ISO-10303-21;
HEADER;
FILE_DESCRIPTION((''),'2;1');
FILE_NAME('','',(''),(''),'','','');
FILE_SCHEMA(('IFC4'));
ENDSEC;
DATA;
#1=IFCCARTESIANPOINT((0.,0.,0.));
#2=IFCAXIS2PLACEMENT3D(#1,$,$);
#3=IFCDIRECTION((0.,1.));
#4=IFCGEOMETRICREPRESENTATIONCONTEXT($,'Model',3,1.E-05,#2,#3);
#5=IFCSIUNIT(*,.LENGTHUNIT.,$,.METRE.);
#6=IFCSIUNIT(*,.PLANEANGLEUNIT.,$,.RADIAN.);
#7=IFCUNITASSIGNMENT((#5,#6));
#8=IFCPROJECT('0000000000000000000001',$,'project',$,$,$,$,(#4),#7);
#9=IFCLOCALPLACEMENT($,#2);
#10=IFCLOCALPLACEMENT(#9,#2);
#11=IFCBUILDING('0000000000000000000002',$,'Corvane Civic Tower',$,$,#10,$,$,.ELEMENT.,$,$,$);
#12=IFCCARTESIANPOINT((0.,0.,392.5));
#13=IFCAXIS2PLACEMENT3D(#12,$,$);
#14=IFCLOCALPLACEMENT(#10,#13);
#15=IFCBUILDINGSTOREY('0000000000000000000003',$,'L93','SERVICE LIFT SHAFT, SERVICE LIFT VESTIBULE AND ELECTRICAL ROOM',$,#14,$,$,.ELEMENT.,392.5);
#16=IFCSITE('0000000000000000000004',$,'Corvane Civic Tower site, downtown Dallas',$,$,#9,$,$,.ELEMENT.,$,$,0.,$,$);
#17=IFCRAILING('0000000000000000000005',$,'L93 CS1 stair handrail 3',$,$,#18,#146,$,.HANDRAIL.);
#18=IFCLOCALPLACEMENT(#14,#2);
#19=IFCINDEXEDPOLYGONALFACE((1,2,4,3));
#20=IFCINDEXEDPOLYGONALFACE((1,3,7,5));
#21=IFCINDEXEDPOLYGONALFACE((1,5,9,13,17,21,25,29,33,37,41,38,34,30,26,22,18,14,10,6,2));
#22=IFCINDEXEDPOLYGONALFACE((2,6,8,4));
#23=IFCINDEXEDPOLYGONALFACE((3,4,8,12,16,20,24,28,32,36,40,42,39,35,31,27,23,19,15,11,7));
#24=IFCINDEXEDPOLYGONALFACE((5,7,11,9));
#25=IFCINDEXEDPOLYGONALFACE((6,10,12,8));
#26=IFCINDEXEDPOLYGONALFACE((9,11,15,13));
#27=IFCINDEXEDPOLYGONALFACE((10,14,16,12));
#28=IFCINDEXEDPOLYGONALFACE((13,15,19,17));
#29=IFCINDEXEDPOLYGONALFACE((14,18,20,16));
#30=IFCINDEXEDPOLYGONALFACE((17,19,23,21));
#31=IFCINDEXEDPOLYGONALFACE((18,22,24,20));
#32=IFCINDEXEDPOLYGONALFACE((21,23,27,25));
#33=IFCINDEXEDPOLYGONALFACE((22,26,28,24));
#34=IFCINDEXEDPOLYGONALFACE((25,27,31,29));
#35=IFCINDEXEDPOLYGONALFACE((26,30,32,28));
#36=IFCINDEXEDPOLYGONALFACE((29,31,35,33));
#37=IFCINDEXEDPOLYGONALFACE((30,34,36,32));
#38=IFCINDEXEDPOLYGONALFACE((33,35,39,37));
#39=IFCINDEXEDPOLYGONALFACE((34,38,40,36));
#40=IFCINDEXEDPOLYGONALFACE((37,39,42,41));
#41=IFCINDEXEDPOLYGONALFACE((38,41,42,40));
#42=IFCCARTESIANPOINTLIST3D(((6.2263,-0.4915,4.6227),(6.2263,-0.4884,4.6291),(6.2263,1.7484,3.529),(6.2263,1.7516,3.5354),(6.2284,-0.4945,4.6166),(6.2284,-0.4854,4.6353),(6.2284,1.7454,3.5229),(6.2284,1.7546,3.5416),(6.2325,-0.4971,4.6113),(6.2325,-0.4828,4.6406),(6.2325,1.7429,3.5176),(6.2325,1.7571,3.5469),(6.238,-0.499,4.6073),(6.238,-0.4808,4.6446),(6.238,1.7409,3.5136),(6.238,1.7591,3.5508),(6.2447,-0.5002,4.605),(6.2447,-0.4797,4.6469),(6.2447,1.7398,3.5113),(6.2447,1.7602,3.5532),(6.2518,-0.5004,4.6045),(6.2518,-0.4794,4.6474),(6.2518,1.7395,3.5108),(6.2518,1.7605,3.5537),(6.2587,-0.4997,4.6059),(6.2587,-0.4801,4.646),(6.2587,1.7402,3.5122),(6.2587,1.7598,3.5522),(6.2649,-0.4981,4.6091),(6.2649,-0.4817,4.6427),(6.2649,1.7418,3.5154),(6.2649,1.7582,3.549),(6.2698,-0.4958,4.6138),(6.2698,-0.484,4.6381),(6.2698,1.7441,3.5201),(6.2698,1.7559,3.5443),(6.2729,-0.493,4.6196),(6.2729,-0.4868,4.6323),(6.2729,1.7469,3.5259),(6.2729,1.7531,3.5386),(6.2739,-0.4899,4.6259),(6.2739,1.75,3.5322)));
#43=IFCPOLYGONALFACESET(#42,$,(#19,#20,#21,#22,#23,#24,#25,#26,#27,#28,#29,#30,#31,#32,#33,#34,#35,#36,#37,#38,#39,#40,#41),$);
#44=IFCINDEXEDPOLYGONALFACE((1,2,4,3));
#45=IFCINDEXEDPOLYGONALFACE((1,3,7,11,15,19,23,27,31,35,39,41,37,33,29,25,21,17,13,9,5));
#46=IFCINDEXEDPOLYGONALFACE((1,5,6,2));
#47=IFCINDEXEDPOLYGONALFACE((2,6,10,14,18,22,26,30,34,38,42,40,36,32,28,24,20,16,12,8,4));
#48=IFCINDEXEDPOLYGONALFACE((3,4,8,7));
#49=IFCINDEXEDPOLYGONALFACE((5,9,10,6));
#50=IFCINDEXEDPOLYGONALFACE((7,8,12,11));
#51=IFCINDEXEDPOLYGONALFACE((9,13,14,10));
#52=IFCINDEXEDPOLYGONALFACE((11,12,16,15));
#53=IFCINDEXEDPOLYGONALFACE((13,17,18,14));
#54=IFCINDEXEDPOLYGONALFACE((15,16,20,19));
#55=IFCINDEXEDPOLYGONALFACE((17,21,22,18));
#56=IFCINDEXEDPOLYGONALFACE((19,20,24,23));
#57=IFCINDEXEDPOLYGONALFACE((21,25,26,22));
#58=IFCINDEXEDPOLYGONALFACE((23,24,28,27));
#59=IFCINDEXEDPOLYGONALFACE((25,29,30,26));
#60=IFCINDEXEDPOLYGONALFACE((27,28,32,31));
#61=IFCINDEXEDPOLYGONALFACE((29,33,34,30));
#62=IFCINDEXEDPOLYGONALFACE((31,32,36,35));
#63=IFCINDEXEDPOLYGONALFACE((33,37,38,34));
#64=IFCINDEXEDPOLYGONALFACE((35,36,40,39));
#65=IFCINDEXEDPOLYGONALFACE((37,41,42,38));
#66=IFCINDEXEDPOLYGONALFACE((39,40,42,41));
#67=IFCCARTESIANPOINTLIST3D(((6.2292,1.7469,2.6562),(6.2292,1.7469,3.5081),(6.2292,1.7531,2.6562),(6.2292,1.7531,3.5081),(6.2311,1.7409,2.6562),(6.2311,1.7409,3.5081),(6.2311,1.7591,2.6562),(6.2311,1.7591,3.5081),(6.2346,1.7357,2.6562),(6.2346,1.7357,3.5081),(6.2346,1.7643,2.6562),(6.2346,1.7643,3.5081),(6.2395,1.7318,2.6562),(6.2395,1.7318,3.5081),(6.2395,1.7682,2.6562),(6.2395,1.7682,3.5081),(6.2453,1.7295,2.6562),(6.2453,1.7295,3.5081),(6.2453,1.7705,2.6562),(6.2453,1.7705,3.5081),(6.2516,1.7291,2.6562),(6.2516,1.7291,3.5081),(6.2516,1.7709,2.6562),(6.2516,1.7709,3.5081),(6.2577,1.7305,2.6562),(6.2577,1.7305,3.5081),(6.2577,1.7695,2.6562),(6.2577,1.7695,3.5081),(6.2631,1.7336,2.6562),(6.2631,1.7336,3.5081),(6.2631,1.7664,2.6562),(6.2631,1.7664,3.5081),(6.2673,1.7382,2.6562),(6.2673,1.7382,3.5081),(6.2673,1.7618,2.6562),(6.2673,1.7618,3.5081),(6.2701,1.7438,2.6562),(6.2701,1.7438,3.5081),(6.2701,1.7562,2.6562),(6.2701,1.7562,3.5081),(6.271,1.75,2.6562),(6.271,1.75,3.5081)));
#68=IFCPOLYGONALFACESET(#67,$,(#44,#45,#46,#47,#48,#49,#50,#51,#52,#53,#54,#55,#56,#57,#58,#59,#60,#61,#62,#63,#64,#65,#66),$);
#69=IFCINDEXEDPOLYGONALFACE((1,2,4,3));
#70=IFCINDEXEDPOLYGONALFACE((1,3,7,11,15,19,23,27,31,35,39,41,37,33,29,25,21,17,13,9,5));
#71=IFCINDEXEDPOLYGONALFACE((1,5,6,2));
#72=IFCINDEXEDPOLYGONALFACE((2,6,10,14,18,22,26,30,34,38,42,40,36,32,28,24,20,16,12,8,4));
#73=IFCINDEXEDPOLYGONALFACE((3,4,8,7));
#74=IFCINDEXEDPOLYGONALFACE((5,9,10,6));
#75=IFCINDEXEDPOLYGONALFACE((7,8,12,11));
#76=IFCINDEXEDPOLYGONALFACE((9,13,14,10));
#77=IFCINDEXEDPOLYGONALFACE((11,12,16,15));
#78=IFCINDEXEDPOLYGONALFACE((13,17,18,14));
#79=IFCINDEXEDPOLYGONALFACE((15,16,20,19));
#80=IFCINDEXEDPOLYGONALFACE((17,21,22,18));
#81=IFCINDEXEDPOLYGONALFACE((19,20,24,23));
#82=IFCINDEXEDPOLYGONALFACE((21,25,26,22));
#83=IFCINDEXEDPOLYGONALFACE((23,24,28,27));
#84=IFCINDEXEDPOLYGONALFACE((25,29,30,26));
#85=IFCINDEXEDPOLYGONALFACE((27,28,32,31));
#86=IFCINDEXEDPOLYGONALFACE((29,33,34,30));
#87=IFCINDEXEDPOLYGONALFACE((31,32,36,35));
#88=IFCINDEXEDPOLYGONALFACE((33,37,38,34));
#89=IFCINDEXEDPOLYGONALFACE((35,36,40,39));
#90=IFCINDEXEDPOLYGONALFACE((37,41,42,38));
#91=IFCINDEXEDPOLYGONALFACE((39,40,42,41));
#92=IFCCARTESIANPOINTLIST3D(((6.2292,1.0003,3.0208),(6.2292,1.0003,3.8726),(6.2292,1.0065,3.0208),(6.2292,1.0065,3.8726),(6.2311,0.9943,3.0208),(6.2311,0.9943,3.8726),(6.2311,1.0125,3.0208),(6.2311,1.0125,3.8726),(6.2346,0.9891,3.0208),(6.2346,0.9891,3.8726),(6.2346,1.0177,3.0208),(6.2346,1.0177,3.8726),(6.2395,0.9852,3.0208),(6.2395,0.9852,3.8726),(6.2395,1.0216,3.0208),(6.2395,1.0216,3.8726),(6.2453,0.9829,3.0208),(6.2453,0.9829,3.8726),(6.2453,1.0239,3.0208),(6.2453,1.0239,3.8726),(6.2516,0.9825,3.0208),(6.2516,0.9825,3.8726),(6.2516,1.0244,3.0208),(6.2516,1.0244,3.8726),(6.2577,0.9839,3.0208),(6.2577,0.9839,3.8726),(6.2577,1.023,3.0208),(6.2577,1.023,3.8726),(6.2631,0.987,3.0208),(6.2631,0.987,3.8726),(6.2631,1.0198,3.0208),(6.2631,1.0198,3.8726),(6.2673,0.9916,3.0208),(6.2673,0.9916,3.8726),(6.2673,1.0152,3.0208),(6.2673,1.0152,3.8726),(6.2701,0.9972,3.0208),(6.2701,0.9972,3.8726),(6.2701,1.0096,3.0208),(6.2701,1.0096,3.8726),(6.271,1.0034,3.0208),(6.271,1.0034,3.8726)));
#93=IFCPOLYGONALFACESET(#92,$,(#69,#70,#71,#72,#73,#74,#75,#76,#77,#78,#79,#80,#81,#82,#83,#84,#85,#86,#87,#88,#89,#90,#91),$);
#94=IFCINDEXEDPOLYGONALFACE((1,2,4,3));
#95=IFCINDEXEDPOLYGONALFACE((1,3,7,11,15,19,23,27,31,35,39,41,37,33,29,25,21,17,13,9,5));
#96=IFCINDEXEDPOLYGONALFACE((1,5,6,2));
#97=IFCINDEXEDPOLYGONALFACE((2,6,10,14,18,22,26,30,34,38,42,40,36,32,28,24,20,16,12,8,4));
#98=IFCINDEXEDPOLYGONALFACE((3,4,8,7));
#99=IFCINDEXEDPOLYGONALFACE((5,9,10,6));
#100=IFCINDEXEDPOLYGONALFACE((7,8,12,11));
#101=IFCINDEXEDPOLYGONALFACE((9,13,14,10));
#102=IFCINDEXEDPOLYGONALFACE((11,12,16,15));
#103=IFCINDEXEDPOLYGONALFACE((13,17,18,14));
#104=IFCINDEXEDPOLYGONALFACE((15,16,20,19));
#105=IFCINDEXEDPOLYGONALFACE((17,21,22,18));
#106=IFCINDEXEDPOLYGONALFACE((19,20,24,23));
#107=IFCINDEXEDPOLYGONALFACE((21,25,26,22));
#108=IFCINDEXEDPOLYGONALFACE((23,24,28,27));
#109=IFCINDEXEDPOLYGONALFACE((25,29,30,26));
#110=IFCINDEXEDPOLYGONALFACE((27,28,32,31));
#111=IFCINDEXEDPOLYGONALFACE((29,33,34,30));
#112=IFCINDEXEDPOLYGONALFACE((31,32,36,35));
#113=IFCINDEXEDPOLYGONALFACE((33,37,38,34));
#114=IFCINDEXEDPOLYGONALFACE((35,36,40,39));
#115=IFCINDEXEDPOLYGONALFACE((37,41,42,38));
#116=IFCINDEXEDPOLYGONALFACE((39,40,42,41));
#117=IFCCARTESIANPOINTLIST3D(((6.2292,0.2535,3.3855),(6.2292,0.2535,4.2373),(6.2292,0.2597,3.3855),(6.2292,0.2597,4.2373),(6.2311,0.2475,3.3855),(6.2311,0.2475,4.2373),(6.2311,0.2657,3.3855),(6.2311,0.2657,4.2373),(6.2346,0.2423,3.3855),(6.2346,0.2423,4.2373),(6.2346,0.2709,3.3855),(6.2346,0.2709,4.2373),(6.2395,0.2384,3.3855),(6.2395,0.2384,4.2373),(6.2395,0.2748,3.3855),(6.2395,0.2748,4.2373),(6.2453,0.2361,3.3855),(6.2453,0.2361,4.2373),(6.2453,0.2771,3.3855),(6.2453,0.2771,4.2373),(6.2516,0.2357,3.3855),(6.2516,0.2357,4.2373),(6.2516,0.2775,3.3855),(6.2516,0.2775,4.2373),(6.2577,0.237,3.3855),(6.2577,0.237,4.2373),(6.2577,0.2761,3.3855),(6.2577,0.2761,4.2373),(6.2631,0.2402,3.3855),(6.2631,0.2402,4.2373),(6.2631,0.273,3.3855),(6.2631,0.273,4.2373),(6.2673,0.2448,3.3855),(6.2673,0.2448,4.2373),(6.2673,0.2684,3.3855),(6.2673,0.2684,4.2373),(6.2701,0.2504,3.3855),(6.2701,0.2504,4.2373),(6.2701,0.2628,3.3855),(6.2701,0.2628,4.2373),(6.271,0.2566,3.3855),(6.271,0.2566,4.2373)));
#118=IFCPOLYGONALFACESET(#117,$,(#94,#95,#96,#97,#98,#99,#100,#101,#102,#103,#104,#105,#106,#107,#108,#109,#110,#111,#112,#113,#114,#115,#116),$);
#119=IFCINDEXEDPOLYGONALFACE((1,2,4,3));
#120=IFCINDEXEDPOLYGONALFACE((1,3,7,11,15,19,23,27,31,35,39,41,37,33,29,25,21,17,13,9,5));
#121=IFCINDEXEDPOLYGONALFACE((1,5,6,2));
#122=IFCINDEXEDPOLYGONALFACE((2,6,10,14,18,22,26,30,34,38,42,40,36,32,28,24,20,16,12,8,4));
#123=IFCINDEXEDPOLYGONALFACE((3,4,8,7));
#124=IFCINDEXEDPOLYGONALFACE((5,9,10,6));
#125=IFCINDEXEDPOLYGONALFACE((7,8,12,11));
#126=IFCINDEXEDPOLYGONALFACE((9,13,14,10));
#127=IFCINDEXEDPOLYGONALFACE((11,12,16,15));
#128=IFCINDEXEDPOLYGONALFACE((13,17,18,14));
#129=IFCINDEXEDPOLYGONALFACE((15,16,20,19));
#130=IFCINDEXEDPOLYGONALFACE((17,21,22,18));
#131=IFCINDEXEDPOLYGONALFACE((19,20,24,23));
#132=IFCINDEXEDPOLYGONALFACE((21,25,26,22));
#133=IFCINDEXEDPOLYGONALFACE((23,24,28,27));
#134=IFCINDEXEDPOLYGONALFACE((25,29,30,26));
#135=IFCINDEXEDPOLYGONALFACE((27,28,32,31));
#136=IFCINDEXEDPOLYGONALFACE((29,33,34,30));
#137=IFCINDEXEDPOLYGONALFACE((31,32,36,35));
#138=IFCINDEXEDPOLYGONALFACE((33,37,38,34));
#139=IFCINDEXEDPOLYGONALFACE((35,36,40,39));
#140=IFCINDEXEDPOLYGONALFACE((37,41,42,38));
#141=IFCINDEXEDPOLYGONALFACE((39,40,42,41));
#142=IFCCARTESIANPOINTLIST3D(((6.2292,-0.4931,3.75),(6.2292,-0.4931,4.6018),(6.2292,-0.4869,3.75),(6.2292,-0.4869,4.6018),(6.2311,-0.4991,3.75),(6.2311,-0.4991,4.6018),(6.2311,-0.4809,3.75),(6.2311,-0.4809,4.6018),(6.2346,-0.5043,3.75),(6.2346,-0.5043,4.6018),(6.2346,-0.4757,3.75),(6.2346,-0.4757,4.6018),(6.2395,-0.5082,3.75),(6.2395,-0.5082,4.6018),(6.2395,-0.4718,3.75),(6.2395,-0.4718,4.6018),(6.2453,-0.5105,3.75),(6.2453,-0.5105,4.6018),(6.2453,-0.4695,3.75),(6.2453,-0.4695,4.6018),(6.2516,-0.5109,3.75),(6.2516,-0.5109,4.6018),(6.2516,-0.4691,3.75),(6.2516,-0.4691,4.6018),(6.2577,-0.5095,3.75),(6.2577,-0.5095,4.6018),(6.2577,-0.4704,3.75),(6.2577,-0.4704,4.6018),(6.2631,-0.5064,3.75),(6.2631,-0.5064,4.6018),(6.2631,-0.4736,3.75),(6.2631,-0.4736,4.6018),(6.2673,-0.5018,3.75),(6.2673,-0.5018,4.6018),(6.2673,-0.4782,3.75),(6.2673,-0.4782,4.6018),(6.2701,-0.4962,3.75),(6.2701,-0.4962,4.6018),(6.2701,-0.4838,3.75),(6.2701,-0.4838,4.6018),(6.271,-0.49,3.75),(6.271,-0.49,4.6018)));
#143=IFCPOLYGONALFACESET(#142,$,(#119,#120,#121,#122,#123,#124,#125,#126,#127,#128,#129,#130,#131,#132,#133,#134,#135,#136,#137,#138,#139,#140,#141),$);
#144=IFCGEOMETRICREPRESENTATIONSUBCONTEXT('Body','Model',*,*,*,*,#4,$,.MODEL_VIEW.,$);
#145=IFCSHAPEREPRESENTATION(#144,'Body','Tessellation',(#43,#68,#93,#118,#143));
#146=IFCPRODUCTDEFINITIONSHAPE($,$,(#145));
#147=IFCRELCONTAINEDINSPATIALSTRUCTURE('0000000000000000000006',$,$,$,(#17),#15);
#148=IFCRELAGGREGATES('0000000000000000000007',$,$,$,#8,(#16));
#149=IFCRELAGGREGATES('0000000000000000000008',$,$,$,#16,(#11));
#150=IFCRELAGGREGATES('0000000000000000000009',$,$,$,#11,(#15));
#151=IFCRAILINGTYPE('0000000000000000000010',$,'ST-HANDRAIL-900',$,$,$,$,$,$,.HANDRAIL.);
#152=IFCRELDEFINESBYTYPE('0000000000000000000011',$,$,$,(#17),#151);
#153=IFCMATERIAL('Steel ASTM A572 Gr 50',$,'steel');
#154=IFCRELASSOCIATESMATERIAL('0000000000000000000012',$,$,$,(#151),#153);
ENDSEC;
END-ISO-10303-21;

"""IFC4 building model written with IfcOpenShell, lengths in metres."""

from ifc_helpers import new_model, si_unit, direction, frame, origin, origin_2d, place, context, subcontext, project, spatial, circle, extrude, material, type_object, element, save


model = new_model("IFC4")

# Units and contexts
model_context = context("Model", 3, precision=1e-05, world=origin(), true_north=direction((0.0, 1.0)))
body_context = subcontext(model_context, "Body", "Model", "MODEL_VIEW")
ifc_project = project(units=[si_unit("LENGTHUNIT", "METRE"), si_unit("PLANEANGLEUNIT", "RADIAN")], contexts=[model_context])

# Site, building, storey
site_placement = place(None, origin())
site = spatial("IfcSite", under=ifc_project, at=site_placement, Name="Corvane Civic Tower site, downtown Dallas", CompositionType="ELEMENT", RefElevation=0.0)
building_placement = place(site_placement, origin())
building = spatial("IfcBuilding", under=site, at=building_placement, Name="Corvane Civic Tower", CompositionType="ELEMENT")
storey_placement = place(building_placement, frame((0.0, 0.0, 392.5)))
storey = spatial("IfcBuildingStorey", under=building, at=storey_placement, Name="L93", Description="SERVICE LIFT SHAFT, SERVICE LIFT VESTIBULE AND ELECTRICAL ROOM", CompositionType="ELEMENT", Elevation=392.5)

# Railing
ifc_material_1 = material(Name="Steel ASTM A572 Gr 50", Category="steel")
railing_type = type_object("IfcRailingType", Name="ST-HANDRAIL-900", PredefinedType="HANDRAIL", material=ifc_material_1)
for number, where, name in (
    (1, (6.25, 1.75, 2.6562), "L93 CS1 stair handrail 3"),
):
    element("IfcRailing", number, at=place(storey_placement, frame(where)), inside=storey, type_object=railing_type, Name=name, PredefinedType="HANDRAIL", context=body_context, shape_type="SweptSolid", body=[
        extrude(circle(Radius=0.0239, at=origin_2d()), frame((0.0, 0.0, 0.876), z_axis=(0.0, -0.898599, 0.438771), x_axis=(1.0, 0.0, 0.0)), (0.0, 0.0, 1.0), 2.4927),
        extrude(circle(Radius=0.021, at=origin_2d()), origin(), (0.0, 0.0, 1.0), 0.8518),
        extrude(circle(Radius=0.021, at=origin_2d()), frame((0.0, -0.7466, 0.3645)), (0.0, 0.0, 1.0), 0.8518),
        extrude(circle(Radius=0.021, at=origin_2d()), frame((0.0, -1.4934, 0.7292)), (0.0, 0.0, 1.0), 0.8518),
        extrude(circle(Radius=0.021, at=origin_2d()), frame((0.0, -2.24, 1.0938)), (0.0, 0.0, 1.0), 0.8518),
    ])

save(model, "model.ifc")
